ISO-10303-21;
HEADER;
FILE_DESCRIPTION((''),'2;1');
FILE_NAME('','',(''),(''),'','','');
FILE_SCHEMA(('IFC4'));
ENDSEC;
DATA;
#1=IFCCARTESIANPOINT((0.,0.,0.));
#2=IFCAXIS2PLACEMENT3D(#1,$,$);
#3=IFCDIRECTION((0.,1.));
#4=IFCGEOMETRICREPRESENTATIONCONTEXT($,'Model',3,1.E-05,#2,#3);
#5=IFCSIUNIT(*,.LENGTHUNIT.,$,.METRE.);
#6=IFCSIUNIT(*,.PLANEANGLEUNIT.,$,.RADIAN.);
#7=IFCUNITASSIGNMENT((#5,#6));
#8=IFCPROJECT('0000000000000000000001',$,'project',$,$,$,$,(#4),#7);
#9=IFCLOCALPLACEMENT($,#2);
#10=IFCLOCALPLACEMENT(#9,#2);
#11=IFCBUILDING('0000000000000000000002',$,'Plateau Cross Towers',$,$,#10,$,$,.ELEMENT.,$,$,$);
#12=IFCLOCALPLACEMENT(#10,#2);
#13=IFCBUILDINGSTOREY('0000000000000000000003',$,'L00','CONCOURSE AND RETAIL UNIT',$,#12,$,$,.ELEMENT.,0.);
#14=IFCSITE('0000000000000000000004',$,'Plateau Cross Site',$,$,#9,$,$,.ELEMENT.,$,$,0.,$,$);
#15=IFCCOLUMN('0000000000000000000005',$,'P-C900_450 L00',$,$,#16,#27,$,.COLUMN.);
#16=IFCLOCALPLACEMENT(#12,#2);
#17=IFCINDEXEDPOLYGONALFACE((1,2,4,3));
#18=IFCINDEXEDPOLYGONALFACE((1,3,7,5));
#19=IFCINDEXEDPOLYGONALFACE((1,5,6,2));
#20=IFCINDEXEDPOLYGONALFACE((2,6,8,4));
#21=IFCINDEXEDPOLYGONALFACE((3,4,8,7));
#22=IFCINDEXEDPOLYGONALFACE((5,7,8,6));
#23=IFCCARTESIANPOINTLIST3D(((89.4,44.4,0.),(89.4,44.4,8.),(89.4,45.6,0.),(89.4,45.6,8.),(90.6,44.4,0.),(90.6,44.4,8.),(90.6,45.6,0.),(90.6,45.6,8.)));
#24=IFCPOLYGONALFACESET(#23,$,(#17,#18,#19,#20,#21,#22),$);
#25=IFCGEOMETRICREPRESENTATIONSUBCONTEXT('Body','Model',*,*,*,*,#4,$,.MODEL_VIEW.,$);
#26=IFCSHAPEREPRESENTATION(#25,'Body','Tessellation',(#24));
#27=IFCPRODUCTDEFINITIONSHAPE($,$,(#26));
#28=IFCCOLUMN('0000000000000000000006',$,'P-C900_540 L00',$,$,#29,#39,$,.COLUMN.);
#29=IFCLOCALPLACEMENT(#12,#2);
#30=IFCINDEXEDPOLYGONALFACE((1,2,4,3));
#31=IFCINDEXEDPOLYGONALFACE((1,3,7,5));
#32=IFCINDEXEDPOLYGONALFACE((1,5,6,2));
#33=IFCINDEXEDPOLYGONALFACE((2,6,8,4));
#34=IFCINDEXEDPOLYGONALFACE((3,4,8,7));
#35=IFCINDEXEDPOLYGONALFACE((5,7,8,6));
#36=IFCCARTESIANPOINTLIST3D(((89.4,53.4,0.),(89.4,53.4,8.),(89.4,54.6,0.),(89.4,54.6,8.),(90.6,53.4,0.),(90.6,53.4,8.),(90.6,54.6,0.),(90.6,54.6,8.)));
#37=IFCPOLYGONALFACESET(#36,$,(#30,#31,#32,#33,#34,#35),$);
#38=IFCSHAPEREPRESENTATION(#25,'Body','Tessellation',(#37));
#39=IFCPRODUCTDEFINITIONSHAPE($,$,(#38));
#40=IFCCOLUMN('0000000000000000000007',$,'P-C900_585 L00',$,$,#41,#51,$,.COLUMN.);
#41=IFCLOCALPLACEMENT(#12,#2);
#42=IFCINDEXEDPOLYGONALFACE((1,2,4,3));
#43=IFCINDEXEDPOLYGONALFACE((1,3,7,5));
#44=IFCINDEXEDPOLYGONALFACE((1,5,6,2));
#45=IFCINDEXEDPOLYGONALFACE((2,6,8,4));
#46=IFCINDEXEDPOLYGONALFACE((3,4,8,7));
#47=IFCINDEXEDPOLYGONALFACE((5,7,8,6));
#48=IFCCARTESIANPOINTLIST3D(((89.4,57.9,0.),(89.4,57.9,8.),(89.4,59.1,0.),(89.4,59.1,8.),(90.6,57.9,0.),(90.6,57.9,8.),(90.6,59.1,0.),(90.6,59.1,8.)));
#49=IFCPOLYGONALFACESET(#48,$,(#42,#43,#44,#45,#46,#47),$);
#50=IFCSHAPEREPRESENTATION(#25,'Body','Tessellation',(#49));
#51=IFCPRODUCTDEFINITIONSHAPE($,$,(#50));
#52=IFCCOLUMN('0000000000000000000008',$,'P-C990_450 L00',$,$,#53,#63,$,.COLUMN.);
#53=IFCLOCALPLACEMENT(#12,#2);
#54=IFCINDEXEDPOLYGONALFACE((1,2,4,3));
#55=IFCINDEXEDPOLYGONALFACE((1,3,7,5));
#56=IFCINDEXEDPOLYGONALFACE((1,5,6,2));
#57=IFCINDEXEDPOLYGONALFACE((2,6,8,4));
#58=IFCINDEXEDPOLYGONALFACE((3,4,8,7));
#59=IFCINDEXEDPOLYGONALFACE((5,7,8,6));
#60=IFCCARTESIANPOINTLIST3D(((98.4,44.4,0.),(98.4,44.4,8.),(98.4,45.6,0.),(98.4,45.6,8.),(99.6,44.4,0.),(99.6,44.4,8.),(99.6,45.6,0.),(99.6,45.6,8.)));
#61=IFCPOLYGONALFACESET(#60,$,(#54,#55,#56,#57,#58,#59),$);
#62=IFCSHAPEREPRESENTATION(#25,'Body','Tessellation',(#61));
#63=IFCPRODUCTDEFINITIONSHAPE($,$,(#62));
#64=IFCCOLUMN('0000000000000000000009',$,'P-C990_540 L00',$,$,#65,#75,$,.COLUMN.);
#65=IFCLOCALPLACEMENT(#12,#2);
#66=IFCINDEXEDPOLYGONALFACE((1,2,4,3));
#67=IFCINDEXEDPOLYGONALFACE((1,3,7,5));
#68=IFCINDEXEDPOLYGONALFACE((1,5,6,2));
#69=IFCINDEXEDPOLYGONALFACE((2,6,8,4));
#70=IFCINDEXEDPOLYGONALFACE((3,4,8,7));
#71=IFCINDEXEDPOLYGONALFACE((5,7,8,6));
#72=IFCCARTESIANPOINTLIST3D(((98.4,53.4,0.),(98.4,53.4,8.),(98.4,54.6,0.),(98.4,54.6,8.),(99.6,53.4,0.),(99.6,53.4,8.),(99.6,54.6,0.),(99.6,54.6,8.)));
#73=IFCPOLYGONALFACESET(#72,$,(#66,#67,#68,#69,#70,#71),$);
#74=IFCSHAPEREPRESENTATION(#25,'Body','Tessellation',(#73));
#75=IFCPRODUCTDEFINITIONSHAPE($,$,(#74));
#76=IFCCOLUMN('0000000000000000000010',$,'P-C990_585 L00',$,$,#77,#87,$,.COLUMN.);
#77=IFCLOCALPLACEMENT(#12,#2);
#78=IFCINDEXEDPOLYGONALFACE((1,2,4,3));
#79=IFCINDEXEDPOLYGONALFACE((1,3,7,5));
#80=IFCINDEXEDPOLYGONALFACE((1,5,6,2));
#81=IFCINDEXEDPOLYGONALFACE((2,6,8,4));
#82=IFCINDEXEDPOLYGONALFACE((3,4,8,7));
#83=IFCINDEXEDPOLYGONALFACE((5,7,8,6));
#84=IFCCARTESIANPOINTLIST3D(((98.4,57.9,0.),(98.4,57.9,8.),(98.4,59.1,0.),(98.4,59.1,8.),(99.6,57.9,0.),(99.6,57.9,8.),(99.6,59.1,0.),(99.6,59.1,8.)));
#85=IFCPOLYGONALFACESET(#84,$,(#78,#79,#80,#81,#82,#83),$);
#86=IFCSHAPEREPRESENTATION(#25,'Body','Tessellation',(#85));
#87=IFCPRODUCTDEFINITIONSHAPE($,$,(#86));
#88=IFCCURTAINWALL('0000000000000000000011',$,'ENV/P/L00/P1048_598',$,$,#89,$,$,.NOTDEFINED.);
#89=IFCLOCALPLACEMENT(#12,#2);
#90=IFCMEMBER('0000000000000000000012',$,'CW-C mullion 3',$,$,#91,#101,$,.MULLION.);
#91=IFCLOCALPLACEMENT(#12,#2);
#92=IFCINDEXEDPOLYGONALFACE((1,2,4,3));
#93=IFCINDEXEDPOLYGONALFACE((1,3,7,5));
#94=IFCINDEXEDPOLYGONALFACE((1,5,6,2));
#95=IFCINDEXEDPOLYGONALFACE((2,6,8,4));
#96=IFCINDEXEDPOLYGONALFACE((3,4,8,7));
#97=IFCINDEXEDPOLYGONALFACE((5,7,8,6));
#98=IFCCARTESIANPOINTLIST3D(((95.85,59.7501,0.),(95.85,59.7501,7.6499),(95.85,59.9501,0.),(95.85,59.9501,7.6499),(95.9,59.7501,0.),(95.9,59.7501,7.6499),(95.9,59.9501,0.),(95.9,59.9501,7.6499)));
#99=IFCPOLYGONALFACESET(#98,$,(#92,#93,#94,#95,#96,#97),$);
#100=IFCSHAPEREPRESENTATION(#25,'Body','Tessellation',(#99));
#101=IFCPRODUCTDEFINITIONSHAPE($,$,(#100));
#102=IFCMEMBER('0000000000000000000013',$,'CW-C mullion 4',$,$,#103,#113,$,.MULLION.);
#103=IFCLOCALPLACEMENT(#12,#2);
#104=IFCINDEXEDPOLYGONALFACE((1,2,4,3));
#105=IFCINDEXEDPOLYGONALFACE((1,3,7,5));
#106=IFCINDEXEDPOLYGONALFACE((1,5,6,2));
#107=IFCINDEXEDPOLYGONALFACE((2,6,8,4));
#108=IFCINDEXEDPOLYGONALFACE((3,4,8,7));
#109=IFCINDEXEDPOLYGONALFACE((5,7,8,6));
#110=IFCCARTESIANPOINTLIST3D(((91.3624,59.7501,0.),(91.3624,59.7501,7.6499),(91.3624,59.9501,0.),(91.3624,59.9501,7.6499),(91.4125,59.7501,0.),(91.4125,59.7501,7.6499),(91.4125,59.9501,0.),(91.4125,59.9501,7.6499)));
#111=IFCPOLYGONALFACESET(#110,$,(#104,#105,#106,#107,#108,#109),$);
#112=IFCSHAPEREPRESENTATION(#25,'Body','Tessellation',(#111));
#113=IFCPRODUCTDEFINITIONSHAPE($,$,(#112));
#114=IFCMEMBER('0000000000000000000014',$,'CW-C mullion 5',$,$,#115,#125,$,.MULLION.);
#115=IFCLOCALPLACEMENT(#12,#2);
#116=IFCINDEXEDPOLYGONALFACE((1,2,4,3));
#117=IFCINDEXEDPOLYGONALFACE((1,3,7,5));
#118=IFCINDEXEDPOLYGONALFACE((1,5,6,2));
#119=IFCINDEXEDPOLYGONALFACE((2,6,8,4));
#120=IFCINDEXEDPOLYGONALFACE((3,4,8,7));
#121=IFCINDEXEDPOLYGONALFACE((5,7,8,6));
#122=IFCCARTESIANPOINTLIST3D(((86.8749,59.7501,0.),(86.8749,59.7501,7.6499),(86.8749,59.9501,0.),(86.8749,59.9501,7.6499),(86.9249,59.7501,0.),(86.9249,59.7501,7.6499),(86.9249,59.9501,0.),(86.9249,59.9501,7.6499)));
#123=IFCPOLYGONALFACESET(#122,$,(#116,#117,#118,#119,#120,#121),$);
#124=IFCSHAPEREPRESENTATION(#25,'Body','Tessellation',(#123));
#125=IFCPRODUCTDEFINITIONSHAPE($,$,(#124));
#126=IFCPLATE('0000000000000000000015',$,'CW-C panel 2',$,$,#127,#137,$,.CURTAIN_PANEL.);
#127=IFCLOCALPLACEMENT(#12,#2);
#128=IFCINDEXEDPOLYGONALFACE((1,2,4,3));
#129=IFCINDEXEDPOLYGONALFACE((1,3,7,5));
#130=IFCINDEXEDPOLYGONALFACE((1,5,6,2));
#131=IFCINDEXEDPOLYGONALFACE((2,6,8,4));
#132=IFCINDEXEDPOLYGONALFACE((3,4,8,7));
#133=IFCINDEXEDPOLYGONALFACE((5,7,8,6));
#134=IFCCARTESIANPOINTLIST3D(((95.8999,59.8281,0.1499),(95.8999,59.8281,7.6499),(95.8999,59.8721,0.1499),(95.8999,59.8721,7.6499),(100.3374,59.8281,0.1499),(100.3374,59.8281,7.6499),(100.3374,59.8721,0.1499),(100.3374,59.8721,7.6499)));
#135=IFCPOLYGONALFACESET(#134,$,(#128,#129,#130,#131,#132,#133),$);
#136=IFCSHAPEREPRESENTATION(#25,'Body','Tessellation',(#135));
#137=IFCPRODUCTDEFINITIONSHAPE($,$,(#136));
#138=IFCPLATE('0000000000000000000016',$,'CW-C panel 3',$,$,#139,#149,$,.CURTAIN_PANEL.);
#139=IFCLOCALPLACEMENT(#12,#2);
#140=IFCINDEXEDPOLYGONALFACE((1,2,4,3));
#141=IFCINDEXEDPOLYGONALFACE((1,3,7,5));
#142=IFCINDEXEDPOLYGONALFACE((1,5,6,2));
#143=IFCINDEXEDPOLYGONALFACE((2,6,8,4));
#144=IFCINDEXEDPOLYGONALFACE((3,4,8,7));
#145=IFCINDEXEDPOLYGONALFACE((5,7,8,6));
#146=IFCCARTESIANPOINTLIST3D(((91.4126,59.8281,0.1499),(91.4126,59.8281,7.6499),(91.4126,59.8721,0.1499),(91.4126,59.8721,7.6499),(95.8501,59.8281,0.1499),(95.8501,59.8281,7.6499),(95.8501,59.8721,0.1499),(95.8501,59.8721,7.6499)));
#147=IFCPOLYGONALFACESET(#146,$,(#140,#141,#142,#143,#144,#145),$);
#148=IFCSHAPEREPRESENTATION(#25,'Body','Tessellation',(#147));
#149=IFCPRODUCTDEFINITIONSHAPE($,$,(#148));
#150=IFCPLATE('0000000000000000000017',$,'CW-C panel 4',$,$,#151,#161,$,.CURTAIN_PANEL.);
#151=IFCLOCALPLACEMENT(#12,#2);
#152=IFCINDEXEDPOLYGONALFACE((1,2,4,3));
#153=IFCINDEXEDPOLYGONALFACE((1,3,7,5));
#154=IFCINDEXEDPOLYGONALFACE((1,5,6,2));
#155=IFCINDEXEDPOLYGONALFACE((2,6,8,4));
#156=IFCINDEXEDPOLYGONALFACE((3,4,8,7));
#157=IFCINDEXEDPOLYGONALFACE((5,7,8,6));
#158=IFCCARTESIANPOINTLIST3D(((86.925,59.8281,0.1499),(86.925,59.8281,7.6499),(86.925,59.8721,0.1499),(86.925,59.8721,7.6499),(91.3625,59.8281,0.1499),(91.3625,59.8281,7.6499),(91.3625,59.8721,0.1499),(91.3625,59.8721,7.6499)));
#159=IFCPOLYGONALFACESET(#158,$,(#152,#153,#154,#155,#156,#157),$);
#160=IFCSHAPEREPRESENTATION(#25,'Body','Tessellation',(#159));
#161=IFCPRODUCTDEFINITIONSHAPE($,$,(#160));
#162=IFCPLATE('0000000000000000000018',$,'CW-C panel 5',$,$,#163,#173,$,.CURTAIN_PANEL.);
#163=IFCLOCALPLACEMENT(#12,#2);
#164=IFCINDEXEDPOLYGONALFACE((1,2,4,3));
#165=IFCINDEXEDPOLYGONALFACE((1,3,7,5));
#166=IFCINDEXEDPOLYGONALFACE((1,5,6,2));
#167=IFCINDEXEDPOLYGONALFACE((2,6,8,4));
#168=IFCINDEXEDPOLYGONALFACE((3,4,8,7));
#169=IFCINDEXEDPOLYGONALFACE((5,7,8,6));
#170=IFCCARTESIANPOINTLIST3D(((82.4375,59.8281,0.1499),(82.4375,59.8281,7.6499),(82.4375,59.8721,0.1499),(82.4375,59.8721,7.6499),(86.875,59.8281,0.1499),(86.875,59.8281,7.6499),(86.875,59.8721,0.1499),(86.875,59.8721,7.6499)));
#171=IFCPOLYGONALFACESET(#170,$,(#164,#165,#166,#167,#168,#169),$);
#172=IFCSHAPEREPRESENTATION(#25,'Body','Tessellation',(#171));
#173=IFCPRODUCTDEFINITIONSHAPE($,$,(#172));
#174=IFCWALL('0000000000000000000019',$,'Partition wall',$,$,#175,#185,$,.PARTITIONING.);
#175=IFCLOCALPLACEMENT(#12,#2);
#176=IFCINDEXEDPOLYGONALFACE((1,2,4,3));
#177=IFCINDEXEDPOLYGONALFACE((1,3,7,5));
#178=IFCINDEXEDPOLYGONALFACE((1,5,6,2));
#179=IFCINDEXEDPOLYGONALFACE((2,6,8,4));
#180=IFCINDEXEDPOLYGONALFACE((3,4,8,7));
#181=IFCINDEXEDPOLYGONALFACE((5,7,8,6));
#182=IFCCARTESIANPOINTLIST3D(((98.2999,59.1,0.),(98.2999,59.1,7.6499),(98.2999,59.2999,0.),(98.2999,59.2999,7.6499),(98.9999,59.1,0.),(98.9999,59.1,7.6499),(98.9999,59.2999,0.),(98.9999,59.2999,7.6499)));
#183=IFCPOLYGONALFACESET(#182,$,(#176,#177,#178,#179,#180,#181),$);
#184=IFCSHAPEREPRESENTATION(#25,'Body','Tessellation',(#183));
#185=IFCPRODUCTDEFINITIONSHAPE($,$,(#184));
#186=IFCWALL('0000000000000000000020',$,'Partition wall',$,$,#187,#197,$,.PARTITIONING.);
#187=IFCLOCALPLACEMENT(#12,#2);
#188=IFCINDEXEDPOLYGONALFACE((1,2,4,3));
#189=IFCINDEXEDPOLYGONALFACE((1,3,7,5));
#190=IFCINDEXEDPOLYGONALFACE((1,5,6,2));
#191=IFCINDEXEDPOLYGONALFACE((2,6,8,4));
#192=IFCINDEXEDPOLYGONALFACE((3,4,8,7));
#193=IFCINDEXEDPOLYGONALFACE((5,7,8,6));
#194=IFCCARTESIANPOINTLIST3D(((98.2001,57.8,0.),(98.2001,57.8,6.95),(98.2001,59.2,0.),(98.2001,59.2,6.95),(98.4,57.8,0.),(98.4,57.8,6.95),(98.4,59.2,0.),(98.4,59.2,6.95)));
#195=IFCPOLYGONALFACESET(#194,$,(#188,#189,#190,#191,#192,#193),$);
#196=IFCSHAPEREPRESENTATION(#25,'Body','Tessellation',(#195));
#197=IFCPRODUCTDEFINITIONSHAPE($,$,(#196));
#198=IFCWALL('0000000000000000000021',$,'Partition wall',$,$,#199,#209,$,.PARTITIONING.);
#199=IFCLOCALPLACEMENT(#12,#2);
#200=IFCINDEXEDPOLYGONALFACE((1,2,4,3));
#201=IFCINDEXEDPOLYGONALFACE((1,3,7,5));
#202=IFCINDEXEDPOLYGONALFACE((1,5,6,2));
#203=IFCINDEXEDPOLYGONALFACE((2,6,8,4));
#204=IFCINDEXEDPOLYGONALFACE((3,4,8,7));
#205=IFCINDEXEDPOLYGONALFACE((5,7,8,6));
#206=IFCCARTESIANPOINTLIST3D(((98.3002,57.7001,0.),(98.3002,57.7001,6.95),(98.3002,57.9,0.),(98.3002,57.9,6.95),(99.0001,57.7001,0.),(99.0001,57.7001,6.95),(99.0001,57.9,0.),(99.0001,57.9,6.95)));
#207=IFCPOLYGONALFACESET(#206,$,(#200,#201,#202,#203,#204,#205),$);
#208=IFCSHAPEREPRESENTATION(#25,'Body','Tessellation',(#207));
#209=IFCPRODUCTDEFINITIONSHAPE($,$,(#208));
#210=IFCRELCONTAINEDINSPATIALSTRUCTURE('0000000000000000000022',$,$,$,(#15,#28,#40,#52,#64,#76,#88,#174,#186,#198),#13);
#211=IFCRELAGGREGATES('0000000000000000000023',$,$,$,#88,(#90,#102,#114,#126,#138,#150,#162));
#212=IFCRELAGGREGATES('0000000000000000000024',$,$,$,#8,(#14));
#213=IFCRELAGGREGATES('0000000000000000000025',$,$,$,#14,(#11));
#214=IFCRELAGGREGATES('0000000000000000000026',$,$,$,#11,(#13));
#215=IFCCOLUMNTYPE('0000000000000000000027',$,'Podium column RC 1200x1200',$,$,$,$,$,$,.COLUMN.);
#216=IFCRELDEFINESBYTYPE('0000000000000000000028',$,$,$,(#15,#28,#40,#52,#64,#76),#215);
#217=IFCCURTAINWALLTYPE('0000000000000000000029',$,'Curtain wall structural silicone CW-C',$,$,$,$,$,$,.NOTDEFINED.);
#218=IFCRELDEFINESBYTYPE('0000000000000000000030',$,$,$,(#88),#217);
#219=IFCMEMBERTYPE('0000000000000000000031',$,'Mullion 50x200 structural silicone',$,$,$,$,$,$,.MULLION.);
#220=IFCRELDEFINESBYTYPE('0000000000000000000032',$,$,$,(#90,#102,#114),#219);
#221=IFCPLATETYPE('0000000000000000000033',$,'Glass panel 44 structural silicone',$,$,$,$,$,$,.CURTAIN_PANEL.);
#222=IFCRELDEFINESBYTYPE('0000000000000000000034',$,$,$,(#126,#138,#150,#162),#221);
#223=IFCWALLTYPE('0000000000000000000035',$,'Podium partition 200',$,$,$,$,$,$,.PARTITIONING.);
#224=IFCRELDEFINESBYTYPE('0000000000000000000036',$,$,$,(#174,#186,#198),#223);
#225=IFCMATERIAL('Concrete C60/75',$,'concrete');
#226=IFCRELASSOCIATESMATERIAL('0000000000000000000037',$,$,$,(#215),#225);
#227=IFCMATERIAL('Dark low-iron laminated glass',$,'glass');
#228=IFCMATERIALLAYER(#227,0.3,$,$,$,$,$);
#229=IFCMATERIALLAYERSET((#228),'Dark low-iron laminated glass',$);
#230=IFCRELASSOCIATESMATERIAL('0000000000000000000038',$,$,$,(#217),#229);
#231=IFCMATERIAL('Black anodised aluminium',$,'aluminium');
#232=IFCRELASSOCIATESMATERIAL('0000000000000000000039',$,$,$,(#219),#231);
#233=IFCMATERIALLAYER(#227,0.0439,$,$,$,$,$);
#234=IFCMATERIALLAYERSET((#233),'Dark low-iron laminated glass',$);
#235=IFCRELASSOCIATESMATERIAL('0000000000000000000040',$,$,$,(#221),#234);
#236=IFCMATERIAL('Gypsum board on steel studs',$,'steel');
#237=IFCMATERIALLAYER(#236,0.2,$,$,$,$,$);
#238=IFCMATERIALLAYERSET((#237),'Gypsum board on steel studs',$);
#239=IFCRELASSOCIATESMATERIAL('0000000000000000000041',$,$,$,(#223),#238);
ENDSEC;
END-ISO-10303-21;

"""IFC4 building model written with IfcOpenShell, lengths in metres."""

from ifc_helpers import new_model, si_unit, direction, frame, frame_2d, origin, origin_2d, place, context, subcontext, project, spatial, rectangle, extrude, material, layer, layer_set, material_profile, profile_set, type_object, element, aggregate, save


model = new_model("IFC4")

# Units and contexts
model_context = context("Model", 3, precision=1e-05, world=origin(), true_north=direction((0.0, 1.0)))
body_context = subcontext(model_context, "Body", "Model", "MODEL_VIEW")
ifc_project = project(units=[si_unit("LENGTHUNIT", "METRE"), si_unit("PLANEANGLEUNIT", "RADIAN")], contexts=[model_context])

# Site, building, storey
site_placement = place(None, origin())
site = spatial("IfcSite", under=ifc_project, at=site_placement, Name="Plateau Cross Site", CompositionType="ELEMENT", RefElevation=0.0)
building_placement = place(site_placement, origin())
building = spatial("IfcBuilding", under=site, at=building_placement, Name="Plateau Cross Towers", CompositionType="ELEMENT")
storey_placement = place(building_placement, origin())
storey = spatial("IfcBuildingStorey", under=building, at=storey_placement, Name="L00", Description="CONCOURSE AND RETAIL UNIT", CompositionType="ELEMENT", Elevation=0.0)

# Columns
ifc_material_1 = material(Name="Concrete C60/75", Category="concrete")
ifc_material_profile_1 = material_profile(ifc_material_1, rectangle(XDim=1.2, YDim=1.2, at=origin_2d()), Name="RC 1200x1200")
ifc_profile_set_1 = profile_set([ifc_material_profile_1], Name="Concrete C60/75")
column_type = type_object("IfcColumnType", Name="Podium column RC 1200x1200", PredefinedType="COLUMN", material=ifc_profile_set_1)
for number, where, z_axis, x_axis, name in (
    (1, (90.0, 45.0, 0.0), (0.0, 0.0, 1.0), (1.0, 0.0, 0.0), "P-C900_450 L00"),
    (2, (90.0, 54.0, 0.0), (0.0, 0.0, 1.0), (1.0, 0.0, 0.0), "P-C900_540 L00"),
    (3, (90.0, 58.5, 0.0), (0.0, 0.0, 1.0), (1.0, 0.0, 0.0), "P-C900_585 L00"),
    (4, (99.0, 45.0, 0.0), (0.0, 0.0, 1.0), (1.0, 0.0, 0.0), "P-C990_450 L00"),
    (5, (99.0, 54.0, 0.0), (0.0, 0.0, 1.0), (1.0, 0.0, 0.0), "P-C990_540 L00"),
    (6, (99.0, 58.5, 0.0), (0.0, 0.0, 1.0), (1.0, 0.0, 0.0), "P-C990_585 L00"),
):
    element("IfcColumn", number, at=place(storey_placement, frame(where, z_axis=z_axis, x_axis=x_axis)), inside=storey, type_object=column_type, Name=name, PredefinedType="COLUMN", context=body_context, shape_type="SweptSolid", body=[
        extrude(rectangle(XDim=1.2, YDim=1.2, at=origin_2d()), origin(), (0.0, 0.0, 1.0), 8.0),
    ])

# Curtain wall, members, plates
ifc_material_2 = material(Name="Dark low-iron laminated glass", Category="glass")
ifc_layer_1 = layer(ifc_material_2, 0.3)
ifc_layer_set_1 = layer_set([ifc_layer_1], Name="Dark low-iron laminated glass")
curtain_wall_type = type_object("IfcCurtainWallType", Name="Curtain wall structural silicone CW-C", PredefinedType="NOTDEFINED", material=ifc_layer_set_1)
curtain_wall_placement = place(storey_placement, origin())
curtain_wall = element("IfcCurtainWall", 7, at=curtain_wall_placement, inside=storey, type_object=curtain_wall_type, Name="ENV/P/L00/P1048_598", PredefinedType="NOTDEFINED")
ifc_material_3 = material(Name="Black anodised aluminium", Category="aluminium")
ifc_material_profile_2 = material_profile(ifc_material_3, rectangle(XDim=0.05, YDim=0.2, at=origin_2d()), Name="MULLION 50x200")
ifc_profile_set_2 = profile_set([ifc_material_profile_2], Name="Black anodised aluminium")
member_type = type_object("IfcMemberType", Name="Mullion 50x200 structural silicone", PredefinedType="MULLION", material=ifc_profile_set_2)
member_1_placement = place(storey_placement, frame((95.875, 59.8501, 0.0), z_axis=(0.0, 0.0, 1.0), x_axis=(-1.0, 0.0, 0.0)))
member_1 = element("IfcMember", 8, at=member_1_placement, type_object=member_type, Name="CW-C mullion 3", PredefinedType="MULLION", context=body_context, shape_type="SweptSolid", body=[
    extrude(rectangle(XDim=0.05, YDim=0.2, at=origin_2d()), origin(), (0.0, 0.0, 1.0), 7.6499),
])
member_2_placement = place(storey_placement, frame((91.3875, 59.8501, 0.0), z_axis=(0.0, 0.0, 1.0), x_axis=(-1.0, 0.0, 0.0)))
member_2 = element("IfcMember", 9, at=member_2_placement, type_object=member_type, Name="CW-C mullion 4", PredefinedType="MULLION", context=body_context, shape_type="SweptSolid", body=[
    extrude(rectangle(XDim=0.05, YDim=0.2, at=origin_2d()), origin(), (0.0, 0.0, 1.0), 7.6499),
])
member_3_placement = place(storey_placement, frame((86.8999, 59.8501, 0.0), z_axis=(0.0, 0.0, 1.0), x_axis=(-1.0, 0.0, 0.0)))
member_3 = element("IfcMember", 10, at=member_3_placement, type_object=member_type, Name="CW-C mullion 5", PredefinedType="MULLION", context=body_context, shape_type="SweptSolid", body=[
    extrude(rectangle(XDim=0.05, YDim=0.2, at=origin_2d()), origin(), (0.0, 0.0, 1.0), 7.6499),
])
ifc_layer_2 = layer(ifc_material_2, 0.0439)
ifc_layer_set_2 = layer_set([ifc_layer_2], Name="Dark low-iron laminated glass")
plate_type = type_object("IfcPlateType", Name="Glass panel 44 structural silicone", PredefinedType="CURTAIN_PANEL", material=ifc_layer_set_2)
plate_1_placement = place(storey_placement, frame((98.1187, 59.8501, 0.1499), z_axis=(0.0, 0.0, 1.0), x_axis=(-1.0, 0.0, 0.0)))
plate_1 = element("IfcPlate", 11, at=plate_1_placement, type_object=plate_type, Name="CW-C panel 2", PredefinedType="CURTAIN_PANEL", context=body_context, shape_type="SweptSolid", body=[
    extrude(rectangle(XDim=4.4375, YDim=0.0439, at=origin_2d()), origin(), (0.0, 0.0, 1.0), 7.5),
])
plate_2_placement = place(storey_placement, frame((93.6313, 59.8501, 0.1499), z_axis=(0.0, 0.0, 1.0), x_axis=(-1.0, 0.0, 0.0)))
plate_2 = element("IfcPlate", 12, at=plate_2_placement, type_object=plate_type, Name="CW-C panel 3", PredefinedType="CURTAIN_PANEL", context=body_context, shape_type="SweptSolid", body=[
    extrude(rectangle(XDim=4.4375, YDim=0.0439, at=origin_2d()), origin(), (0.0, 0.0, 1.0), 7.5),
])
plate_3_placement = place(storey_placement, frame((89.1438, 59.8501, 0.1499), z_axis=(0.0, 0.0, 1.0), x_axis=(-1.0, 0.0, 0.0)))
plate_3 = element("IfcPlate", 13, at=plate_3_placement, type_object=plate_type, Name="CW-C panel 4", PredefinedType="CURTAIN_PANEL", context=body_context, shape_type="SweptSolid", body=[
    extrude(rectangle(XDim=4.4375, YDim=0.0439, at=origin_2d()), origin(), (0.0, 0.0, 1.0), 7.5),
])
plate_4_placement = place(storey_placement, frame((84.6562, 59.8501, 0.1499), z_axis=(0.0, 0.0, 1.0), x_axis=(-1.0, 0.0, 0.0)))
plate_4 = element("IfcPlate", 14, at=plate_4_placement, type_object=plate_type, Name="CW-C panel 5", PredefinedType="CURTAIN_PANEL", context=body_context, shape_type="SweptSolid", body=[
    extrude(rectangle(XDim=4.4375, YDim=0.0439, at=origin_2d()), origin(), (0.0, 0.0, 1.0), 7.5),
])
aggregate(curtain_wall, [member_1, member_2, member_3, plate_1, plate_2, plate_3, plate_4])

# Walls
ifc_material_4 = material(Name="Gypsum board on steel studs", Category="steel")
ifc_layer_3 = layer(ifc_material_4, 0.2)
ifc_layer_set_3 = layer_set([ifc_layer_3], Name="Gypsum board on steel studs")
wall_type_1 = type_object("IfcWallType", Name="Podium partition 200", PredefinedType="PARTITIONING", material=ifc_layer_set_3)
wall_1_placement = place(storey_placement, frame((99.0, 59.2, 0.0), z_axis=(0.0, 0.0, 1.0), x_axis=(-1.0, 0.0, 0.0)))
element("IfcWall", 15, at=wall_1_placement, inside=storey, type_object=wall_type_1, Name="Partition wall", PredefinedType="PARTITIONING", context=body_context, shape_type="SweptSolid", body=[
    extrude(rectangle(XDim=0.7, YDim=0.2, at=frame_2d((0.3501, 0.0))), origin(), (0.0, 0.0, 1.0), 7.6499),
])
wall_2_placement = place(storey_placement, frame((98.3, 59.2, 0.0), z_axis=(0.0, 0.0, 1.0), x_axis=(0.0, -1.0, 0.0)))
element("IfcWall", 16, at=wall_2_placement, inside=storey, type_object=wall_type_1, Name="Partition wall", PredefinedType="PARTITIONING", context=body_context, shape_type="SweptSolid", body=[
    extrude(rectangle(XDim=1.3999, YDim=0.2, at=frame_2d((0.7, 0.0))), origin(), (0.0, 0.0, 1.0), 6.95),
])
wall_3_placement = place(storey_placement, frame((98.3, 57.8, 0.0), z_axis=(0.0, 0.0, 1.0), x_axis=(1.0, 0.0, 0.0)))
element("IfcWall", 17, at=wall_3_placement, inside=storey, type_object=wall_type_1, Name="Partition wall", PredefinedType="PARTITIONING", context=body_context, shape_type="SweptSolid", body=[
    extrude(rectangle(XDim=0.7, YDim=0.2, at=frame_2d((0.3501, 0.0))), origin(), (0.0, 0.0, 1.0), 6.95),
])

save(model, "model.ifc")
